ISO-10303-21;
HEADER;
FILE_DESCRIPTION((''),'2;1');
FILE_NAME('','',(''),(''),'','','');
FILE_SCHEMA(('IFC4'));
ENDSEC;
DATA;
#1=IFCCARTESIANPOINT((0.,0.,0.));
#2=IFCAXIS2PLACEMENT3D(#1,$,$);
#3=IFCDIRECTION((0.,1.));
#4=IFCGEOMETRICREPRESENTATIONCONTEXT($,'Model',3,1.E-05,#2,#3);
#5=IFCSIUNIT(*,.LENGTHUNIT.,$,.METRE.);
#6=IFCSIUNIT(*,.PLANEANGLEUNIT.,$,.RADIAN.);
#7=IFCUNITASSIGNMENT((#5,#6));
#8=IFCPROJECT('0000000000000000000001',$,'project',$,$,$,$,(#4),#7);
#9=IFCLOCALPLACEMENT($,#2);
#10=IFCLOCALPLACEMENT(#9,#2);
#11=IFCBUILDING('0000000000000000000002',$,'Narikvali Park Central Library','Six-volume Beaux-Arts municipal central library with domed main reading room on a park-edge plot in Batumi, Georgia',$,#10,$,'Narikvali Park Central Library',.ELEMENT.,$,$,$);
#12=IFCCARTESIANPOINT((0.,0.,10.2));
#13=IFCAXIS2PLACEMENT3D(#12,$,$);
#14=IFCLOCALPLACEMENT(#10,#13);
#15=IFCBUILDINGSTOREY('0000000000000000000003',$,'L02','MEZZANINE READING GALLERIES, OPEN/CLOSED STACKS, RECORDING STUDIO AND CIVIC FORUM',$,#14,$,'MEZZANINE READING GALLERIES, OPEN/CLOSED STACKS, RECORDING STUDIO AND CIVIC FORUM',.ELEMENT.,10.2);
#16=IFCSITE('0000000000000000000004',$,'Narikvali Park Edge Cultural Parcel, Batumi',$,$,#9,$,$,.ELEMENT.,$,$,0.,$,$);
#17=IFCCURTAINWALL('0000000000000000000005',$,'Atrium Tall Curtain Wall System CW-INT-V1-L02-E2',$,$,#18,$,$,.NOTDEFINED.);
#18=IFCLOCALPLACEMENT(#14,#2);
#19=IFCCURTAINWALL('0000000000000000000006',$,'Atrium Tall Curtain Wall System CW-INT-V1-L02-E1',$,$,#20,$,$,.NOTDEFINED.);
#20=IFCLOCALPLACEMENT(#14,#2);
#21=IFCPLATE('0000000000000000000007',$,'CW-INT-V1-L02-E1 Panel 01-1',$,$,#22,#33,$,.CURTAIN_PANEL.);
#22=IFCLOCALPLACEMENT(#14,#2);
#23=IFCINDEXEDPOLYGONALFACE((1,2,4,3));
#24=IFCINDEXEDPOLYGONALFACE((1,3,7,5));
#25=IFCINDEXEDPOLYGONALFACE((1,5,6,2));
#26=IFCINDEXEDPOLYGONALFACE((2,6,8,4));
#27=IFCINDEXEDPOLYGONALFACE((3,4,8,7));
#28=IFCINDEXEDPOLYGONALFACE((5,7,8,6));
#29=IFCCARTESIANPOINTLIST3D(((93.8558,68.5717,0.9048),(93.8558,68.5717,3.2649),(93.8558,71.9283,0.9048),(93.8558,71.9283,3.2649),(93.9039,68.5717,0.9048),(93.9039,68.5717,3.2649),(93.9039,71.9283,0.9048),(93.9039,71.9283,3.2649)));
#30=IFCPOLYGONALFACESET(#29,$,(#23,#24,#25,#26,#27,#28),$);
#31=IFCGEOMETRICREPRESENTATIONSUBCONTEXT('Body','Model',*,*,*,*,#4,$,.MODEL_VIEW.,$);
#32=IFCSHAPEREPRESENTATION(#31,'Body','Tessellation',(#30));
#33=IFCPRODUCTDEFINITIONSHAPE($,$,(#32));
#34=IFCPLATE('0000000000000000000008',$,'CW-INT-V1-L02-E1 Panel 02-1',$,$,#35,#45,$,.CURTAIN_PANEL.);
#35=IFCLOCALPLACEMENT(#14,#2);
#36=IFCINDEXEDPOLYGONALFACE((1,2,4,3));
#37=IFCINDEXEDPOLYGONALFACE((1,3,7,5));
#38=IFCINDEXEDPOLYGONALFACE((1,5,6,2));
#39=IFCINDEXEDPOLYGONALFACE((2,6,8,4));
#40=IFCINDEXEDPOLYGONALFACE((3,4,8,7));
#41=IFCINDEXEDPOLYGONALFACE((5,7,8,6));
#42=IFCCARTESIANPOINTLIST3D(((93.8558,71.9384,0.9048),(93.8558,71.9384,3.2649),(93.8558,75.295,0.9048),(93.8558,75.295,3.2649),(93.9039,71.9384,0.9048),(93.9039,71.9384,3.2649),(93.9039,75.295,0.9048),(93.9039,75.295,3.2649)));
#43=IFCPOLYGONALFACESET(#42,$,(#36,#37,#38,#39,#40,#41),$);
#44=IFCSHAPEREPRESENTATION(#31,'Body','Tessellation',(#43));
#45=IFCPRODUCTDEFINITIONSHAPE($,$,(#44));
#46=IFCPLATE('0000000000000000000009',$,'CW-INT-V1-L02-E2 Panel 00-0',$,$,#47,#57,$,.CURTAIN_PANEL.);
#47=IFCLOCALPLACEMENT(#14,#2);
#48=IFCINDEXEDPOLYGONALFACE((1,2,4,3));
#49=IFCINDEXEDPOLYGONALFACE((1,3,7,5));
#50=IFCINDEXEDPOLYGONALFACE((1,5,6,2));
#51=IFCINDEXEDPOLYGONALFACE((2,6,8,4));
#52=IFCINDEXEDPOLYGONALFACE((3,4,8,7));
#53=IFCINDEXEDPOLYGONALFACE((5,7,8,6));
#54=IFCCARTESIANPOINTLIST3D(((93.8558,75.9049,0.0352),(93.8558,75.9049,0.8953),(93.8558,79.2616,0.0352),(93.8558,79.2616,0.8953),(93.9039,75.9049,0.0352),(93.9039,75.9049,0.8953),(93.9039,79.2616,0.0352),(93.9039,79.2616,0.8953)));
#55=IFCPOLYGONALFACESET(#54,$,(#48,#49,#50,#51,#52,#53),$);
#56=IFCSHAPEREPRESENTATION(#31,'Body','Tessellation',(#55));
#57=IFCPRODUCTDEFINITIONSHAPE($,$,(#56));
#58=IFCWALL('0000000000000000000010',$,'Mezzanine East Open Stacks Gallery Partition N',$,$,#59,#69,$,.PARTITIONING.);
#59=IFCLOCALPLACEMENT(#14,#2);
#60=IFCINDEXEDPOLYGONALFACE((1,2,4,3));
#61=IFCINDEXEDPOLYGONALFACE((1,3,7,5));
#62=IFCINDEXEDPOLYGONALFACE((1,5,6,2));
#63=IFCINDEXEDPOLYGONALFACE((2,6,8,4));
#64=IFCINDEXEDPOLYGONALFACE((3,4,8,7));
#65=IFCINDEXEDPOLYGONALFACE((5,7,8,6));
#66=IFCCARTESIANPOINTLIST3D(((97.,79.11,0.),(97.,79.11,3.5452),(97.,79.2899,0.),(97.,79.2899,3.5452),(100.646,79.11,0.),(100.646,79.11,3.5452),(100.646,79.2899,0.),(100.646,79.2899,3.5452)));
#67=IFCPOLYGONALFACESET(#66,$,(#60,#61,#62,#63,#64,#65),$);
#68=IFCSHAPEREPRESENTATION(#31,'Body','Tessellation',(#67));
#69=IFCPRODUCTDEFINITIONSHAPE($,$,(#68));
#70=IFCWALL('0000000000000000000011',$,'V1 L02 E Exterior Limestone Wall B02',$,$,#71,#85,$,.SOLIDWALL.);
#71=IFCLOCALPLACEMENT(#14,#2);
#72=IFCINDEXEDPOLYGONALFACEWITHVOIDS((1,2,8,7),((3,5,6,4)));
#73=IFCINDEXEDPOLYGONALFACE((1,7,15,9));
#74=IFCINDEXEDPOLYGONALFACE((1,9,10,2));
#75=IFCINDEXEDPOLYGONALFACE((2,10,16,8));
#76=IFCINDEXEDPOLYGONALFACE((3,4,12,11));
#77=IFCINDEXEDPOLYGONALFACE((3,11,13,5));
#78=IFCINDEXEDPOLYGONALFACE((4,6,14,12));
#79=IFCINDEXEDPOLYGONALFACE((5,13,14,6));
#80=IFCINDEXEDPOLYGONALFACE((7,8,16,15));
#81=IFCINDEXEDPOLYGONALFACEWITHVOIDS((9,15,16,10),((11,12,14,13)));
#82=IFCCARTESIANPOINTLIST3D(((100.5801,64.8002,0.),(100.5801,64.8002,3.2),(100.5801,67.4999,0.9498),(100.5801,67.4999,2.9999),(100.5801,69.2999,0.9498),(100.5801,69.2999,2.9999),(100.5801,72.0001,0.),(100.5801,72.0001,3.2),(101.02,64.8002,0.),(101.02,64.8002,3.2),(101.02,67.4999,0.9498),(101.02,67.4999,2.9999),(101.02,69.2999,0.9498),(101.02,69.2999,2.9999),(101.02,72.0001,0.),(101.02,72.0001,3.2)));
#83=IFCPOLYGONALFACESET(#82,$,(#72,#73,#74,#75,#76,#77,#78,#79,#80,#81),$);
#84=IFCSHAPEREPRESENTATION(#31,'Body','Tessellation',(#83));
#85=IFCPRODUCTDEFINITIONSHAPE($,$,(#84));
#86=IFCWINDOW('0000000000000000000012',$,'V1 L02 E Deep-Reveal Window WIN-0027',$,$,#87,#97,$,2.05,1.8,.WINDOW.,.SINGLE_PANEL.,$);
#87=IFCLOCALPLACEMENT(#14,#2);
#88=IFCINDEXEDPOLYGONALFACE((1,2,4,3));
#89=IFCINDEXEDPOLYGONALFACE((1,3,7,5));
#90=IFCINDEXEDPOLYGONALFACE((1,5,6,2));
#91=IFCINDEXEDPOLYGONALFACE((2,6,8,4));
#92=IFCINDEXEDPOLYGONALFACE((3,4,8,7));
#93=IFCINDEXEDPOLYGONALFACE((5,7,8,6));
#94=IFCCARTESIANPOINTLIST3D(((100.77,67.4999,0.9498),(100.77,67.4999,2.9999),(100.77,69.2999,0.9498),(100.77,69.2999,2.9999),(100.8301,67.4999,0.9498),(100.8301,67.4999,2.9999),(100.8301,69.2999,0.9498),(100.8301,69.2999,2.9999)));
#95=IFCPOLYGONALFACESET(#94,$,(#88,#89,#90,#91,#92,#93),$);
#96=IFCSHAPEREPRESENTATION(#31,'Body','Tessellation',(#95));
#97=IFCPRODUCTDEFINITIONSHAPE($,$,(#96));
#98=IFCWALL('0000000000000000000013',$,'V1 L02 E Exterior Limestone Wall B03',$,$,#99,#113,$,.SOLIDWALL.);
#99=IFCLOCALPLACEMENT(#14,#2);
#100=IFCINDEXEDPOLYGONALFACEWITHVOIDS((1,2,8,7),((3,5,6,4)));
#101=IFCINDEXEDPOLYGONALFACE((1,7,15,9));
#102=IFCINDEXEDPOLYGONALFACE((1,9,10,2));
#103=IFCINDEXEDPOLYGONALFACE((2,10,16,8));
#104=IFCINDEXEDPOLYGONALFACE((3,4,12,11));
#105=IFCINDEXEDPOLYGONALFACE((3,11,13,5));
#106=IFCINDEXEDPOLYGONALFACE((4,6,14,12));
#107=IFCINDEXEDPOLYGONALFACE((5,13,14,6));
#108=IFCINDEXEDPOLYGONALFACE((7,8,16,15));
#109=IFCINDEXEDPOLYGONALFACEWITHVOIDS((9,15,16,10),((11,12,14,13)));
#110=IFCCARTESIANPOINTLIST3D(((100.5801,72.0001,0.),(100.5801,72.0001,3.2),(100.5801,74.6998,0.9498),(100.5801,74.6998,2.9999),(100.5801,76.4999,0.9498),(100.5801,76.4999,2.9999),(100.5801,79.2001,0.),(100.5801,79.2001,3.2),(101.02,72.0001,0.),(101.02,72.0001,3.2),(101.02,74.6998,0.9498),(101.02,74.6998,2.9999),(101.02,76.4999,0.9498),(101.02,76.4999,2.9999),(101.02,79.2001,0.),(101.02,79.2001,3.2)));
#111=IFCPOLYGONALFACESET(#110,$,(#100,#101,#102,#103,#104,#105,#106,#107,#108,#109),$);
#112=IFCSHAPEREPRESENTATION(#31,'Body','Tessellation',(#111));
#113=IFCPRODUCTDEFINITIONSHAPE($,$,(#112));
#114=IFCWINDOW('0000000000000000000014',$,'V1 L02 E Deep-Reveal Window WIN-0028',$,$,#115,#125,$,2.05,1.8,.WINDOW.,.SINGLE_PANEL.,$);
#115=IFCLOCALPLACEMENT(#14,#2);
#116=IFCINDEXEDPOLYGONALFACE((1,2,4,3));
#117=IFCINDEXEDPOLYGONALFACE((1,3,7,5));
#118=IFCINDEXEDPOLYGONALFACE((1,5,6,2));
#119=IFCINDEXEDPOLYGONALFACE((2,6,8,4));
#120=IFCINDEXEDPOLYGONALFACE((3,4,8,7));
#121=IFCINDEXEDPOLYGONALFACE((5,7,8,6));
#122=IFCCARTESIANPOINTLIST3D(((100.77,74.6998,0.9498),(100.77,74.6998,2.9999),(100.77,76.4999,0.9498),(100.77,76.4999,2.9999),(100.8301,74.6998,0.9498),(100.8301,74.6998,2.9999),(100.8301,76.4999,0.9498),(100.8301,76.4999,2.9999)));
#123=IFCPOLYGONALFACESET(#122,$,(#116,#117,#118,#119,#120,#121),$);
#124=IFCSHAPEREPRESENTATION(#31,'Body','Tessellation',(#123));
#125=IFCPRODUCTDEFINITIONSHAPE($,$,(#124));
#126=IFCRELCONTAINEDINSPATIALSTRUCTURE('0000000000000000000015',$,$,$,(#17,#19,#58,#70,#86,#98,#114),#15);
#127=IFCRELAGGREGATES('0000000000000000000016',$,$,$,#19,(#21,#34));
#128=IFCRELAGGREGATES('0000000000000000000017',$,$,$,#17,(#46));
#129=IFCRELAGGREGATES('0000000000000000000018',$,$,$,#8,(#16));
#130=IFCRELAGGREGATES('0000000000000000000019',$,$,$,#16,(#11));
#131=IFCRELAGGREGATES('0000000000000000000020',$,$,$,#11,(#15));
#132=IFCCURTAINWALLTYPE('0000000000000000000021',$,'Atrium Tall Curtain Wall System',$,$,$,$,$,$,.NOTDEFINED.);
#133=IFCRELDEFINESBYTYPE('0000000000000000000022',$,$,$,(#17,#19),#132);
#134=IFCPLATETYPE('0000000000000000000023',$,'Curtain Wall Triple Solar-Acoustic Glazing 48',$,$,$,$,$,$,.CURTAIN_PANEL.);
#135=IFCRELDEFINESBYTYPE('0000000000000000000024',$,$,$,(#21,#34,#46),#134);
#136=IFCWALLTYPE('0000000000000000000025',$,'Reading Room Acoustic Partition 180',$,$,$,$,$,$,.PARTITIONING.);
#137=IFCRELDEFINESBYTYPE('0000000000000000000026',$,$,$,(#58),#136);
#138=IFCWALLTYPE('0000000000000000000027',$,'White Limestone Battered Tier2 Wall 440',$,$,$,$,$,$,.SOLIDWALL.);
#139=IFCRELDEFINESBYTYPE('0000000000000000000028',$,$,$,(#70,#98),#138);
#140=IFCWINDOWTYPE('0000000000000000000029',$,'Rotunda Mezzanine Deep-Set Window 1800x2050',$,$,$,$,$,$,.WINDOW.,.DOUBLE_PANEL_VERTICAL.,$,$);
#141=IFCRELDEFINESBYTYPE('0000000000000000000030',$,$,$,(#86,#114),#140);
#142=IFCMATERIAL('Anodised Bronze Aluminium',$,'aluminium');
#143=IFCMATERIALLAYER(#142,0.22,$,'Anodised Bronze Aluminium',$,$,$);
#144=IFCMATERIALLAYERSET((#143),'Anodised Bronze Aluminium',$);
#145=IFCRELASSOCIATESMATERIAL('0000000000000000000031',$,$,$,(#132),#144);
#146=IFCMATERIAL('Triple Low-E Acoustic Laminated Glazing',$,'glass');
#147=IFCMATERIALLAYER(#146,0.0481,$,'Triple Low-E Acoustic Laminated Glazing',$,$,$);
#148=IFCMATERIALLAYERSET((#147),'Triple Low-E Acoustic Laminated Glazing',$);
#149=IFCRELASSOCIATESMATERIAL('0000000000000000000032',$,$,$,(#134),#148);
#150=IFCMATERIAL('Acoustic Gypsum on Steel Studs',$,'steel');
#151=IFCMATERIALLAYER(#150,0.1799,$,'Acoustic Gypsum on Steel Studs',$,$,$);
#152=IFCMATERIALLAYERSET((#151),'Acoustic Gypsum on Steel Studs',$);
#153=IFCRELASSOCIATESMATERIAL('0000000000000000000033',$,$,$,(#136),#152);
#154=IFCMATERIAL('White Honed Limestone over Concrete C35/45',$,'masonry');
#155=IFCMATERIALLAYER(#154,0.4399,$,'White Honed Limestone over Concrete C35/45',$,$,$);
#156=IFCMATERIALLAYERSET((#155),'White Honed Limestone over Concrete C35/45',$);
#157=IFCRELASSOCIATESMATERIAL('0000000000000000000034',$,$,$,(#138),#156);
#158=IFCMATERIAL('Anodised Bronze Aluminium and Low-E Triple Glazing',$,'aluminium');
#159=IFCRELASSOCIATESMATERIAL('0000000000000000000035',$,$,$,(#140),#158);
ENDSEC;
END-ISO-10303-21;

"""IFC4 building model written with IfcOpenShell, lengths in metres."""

from ifc_helpers import new_model, si_unit, direction, frame, frame_2d, origin, origin_2d, place, context, subcontext, project, spatial, rectangle, extrude, material, layer, layer_set, type_object, element, fill, aggregate, save


model = new_model("IFC4")

# Units and contexts
model_context = context("Model", 3, precision=1e-05, world=origin(), true_north=direction((0.0, 1.0)))
body_context = subcontext(model_context, "Body", "Model", "MODEL_VIEW")
ifc_project = project(units=[si_unit("LENGTHUNIT", "METRE"), si_unit("PLANEANGLEUNIT", "RADIAN")], contexts=[model_context])

# Site, building, storey
site_placement = place(None, origin())
site = spatial("IfcSite", under=ifc_project, at=site_placement, Name="Narikvali Park Edge Cultural Parcel, Batumi", CompositionType="ELEMENT", RefElevation=0.0)
building_placement = place(site_placement, origin())
building = spatial("IfcBuilding", under=site, at=building_placement, Name="Narikvali Park Central Library", Description="Six-volume Beaux-Arts municipal central library with domed main reading room on a park-edge plot in Batumi, Georgia", LongName="Narikvali Park Central Library", CompositionType="ELEMENT")
storey_placement = place(building_placement, frame((0.0, 0.0, 10.2)))
storey = spatial("IfcBuildingStorey", under=building, at=storey_placement, Name="L02", Description="MEZZANINE READING GALLERIES, OPEN/CLOSED STACKS, RECORDING STUDIO AND CIVIC FORUM", LongName="MEZZANINE READING GALLERIES, OPEN/CLOSED STACKS, RECORDING STUDIO AND CIVIC FORUM", CompositionType="ELEMENT", Elevation=10.2)

# Curtain walls
ifc_material_1 = material(Name="Anodised Bronze Aluminium", Category="aluminium")
ifc_layer_1 = layer(ifc_material_1, 0.22, Name="Anodised Bronze Aluminium")
ifc_layer_set_1 = layer_set([ifc_layer_1], Name="Anodised Bronze Aluminium")
curtain_wall_type = type_object("IfcCurtainWallType", Name="Atrium Tall Curtain Wall System", PredefinedType="NOTDEFINED", material=ifc_layer_set_1)
curtain_wall_1_placement = place(storey_placement, origin())
curtain_wall_1 = element("IfcCurtainWall", 1, at=curtain_wall_1_placement, inside=storey, type_object=curtain_wall_type, Name="Atrium Tall Curtain Wall System CW-INT-V1-L02-E2", PredefinedType="NOTDEFINED")
curtain_wall_2_placement = place(storey_placement, origin())
curtain_wall_2 = element("IfcCurtainWall", 2, at=curtain_wall_2_placement, inside=storey, type_object=curtain_wall_type, Name="Atrium Tall Curtain Wall System CW-INT-V1-L02-E1", PredefinedType="NOTDEFINED")

# Plates
ifc_material_2 = material(Name="Triple Low-E Acoustic Laminated Glazing", Category="glass")
ifc_layer_2 = layer(ifc_material_2, 0.0481, Name="Triple Low-E Acoustic Laminated Glazing")
ifc_layer_set_2 = layer_set([ifc_layer_2], Name="Triple Low-E Acoustic Laminated Glazing")
plate_type_1 = type_object("IfcPlateType", Name="Curtain Wall Triple Solar-Acoustic Glazing 48", PredefinedType="CURTAIN_PANEL", material=ifc_layer_set_2)
plate_1_placement = place(storey_placement, frame((93.8799, 70.25, 0.9048), z_axis=(0.0, 0.0, 1.0), x_axis=(0.0, 1.0, 0.0)))
plate_1 = element("IfcPlate", 3, at=plate_1_placement, type_object=plate_type_1, Name="CW-INT-V1-L02-E1 Panel 01-1", PredefinedType="CURTAIN_PANEL", context=body_context, shape_type="SweptSolid", body=[
    extrude(rectangle(XDim=3.3567, YDim=0.0481, at=origin_2d()), origin(), (0.0, 0.0, 1.0), 2.3601),
])
plate_2_placement = place(storey_placement, frame((93.8799, 73.6167, 0.9048), z_axis=(0.0, 0.0, 1.0), x_axis=(0.0, 1.0, 0.0)))
plate_2 = element("IfcPlate", 4, at=plate_2_placement, type_object=plate_type_1, Name="CW-INT-V1-L02-E1 Panel 02-1", PredefinedType="CURTAIN_PANEL", context=body_context, shape_type="SweptSolid", body=[
    extrude(rectangle(XDim=3.3567, YDim=0.0481, at=origin_2d()), origin(), (0.0, 0.0, 1.0), 2.3601),
])
aggregate(curtain_wall_2, [plate_1, plate_2])
plate_3_placement = place(storey_placement, frame((93.8799, 77.5833, 0.0352), z_axis=(0.0, 0.0, 1.0), x_axis=(0.0, 1.0, 0.0)))
plate_3 = element("IfcPlate", 5, at=plate_3_placement, type_object=plate_type_1, Name="CW-INT-V1-L02-E2 Panel 00-0", PredefinedType="CURTAIN_PANEL", context=body_context, shape_type="SweptSolid", body=[
    extrude(rectangle(XDim=3.3567, YDim=0.0481, at=origin_2d()), origin(), (0.0, 0.0, 1.0), 0.8601),
])
aggregate(curtain_wall_1, [plate_3])

# Wall
ifc_material_3 = material(Name="Acoustic Gypsum on Steel Studs", Category="steel")
ifc_layer_3 = layer(ifc_material_3, 0.1799, Name="Acoustic Gypsum on Steel Studs")
ifc_layer_set_3 = layer_set([ifc_layer_3], Name="Acoustic Gypsum on Steel Studs")
wall_type_1 = type_object("IfcWallType", Name="Reading Room Acoustic Partition 180", PredefinedType="PARTITIONING", material=ifc_layer_set_3)
wall_1_placement = place(storey_placement, frame((97.0, 79.2, 0.0), z_axis=(0.0, 0.0, 1.0), x_axis=(1.0, 0.0, 0.0)))
element("IfcWall", 6, at=wall_1_placement, inside=storey, type_object=wall_type_1, Name="Mezzanine East Open Stacks Gallery Partition N", PredefinedType="PARTITIONING", context=body_context, shape_type="SweptSolid", body=[
    extrude(rectangle(XDim=3.646, YDim=0.1799, at=frame_2d((1.823, 0.0))), origin(), (0.0, 0.0, 1.0), 3.5452),
])

# Walls, openings, windows
ifc_material_4 = material(Name="White Honed Limestone over Concrete C35/45", Category="masonry")
ifc_layer_4 = layer(ifc_material_4, 0.4399, Name="White Honed Limestone over Concrete C35/45")
ifc_layer_set_4 = layer_set([ifc_layer_4], Name="White Honed Limestone over Concrete C35/45")
wall_type_2 = type_object("IfcWallType", Name="White Limestone Battered Tier2 Wall 440", PredefinedType="SOLIDWALL", material=ifc_layer_set_4)
wall_2_placement = place(storey_placement, frame((100.8, 64.8, 0.0), z_axis=(0.0, 0.0, 1.0), x_axis=(0.0, 1.0, 0.0)))
wall_2 = element("IfcWall", 7, at=wall_2_placement, inside=storey, type_object=wall_type_2, Name="V1 L02 E Exterior Limestone Wall B02", PredefinedType="SOLIDWALL", context=body_context, shape_type="SweptSolid", body=[
    extrude(rectangle(XDim=7.2, YDim=0.4399, at=frame_2d((3.6001, 0.0))), origin(), (0.0, 0.0, 1.0), 3.2),
])
opening_1_placement = place(wall_2_placement, frame((2.7, 0.0, 0.95)))
opening_1 = element("IfcOpeningElement", 8, at=opening_1_placement, cuts=wall_2, PredefinedType="OPENING", context=body_context, shape_type="SweptSolid", body=[
    extrude(rectangle(XDim=1.8, YDim=2.05, at=frame_2d((0.8999, 1.0249))), frame((0.0, 0.2319, 0.0), z_axis=(0.0, -1.0, 0.0), x_axis=(1.0, 0.0, 0.0)), (0.0, 0.0, 1.0), 0.4639),
])
ifc_material_5 = material(Name="Anodised Bronze Aluminium and Low-E Triple Glazing", Category="aluminium")
window_type = type_object("IfcWindowType", Name="Rotunda Mezzanine Deep-Set Window 1800x2050", PartitioningType="DOUBLE_PANEL_VERTICAL", PredefinedType="WINDOW", material=ifc_material_5)
window_1_placement = place(opening_1_placement, origin())
window_1 = element("IfcWindow", 9, at=window_1_placement, inside=storey, type_object=window_type, Name="V1 L02 E Deep-Reveal Window WIN-0027", OverallHeight=2.05, OverallWidth=1.8, PartitioningType="SINGLE_PANEL", PredefinedType="WINDOW", context=body_context, shape_type="SweptSolid", body=[
    extrude(rectangle(XDim=1.8, YDim=2.05, at=frame_2d((0.8999, 1.0249))), frame((0.0, 0.03, 0.0), z_axis=(0.0, -1.0, 0.0), x_axis=(1.0, 0.0, 0.0)), (0.0, 0.0, 1.0), 0.0601),
])
fill(opening_1, window_1)
wall_3_placement = place(storey_placement, frame((100.8, 72.0, 0.0), z_axis=(0.0, 0.0, 1.0), x_axis=(0.0, 1.0, 0.0)))
wall_3 = element("IfcWall", 10, at=wall_3_placement, inside=storey, type_object=wall_type_2, Name="V1 L02 E Exterior Limestone Wall B03", PredefinedType="SOLIDWALL", context=body_context, shape_type="SweptSolid", body=[
    extrude(rectangle(XDim=7.2, YDim=0.4399, at=frame_2d((3.6001, 0.0))), origin(), (0.0, 0.0, 1.0), 3.2),
])
opening_2_placement = place(wall_3_placement, frame((2.7, 0.0, 0.95)))
opening_2 = element("IfcOpeningElement", 11, at=opening_2_placement, cuts=wall_3, PredefinedType="OPENING", context=body_context, shape_type="SweptSolid", body=[
    extrude(rectangle(XDim=1.8, YDim=2.05, at=frame_2d((0.8999, 1.0249))), frame((0.0, 0.2319, 0.0), z_axis=(0.0, -1.0, 0.0), x_axis=(1.0, 0.0, 0.0)), (0.0, 0.0, 1.0), 0.4639),
])
window_2_placement = place(opening_2_placement, origin())
window_2 = element("IfcWindow", 12, at=window_2_placement, inside=storey, type_object=window_type, Name="V1 L02 E Deep-Reveal Window WIN-0028", OverallHeight=2.05, OverallWidth=1.8, PartitioningType="SINGLE_PANEL", PredefinedType="WINDOW", context=body_context, shape_type="SweptSolid", body=[
    extrude(rectangle(XDim=1.8, YDim=2.05, at=frame_2d((0.8999, 1.0249))), frame((0.0, 0.03, 0.0), z_axis=(0.0, -1.0, 0.0), x_axis=(1.0, 0.0, 0.0)), (0.0, 0.0, 1.0), 0.0601),
])
fill(opening_2, window_2)

save(model, "model.ifc")
